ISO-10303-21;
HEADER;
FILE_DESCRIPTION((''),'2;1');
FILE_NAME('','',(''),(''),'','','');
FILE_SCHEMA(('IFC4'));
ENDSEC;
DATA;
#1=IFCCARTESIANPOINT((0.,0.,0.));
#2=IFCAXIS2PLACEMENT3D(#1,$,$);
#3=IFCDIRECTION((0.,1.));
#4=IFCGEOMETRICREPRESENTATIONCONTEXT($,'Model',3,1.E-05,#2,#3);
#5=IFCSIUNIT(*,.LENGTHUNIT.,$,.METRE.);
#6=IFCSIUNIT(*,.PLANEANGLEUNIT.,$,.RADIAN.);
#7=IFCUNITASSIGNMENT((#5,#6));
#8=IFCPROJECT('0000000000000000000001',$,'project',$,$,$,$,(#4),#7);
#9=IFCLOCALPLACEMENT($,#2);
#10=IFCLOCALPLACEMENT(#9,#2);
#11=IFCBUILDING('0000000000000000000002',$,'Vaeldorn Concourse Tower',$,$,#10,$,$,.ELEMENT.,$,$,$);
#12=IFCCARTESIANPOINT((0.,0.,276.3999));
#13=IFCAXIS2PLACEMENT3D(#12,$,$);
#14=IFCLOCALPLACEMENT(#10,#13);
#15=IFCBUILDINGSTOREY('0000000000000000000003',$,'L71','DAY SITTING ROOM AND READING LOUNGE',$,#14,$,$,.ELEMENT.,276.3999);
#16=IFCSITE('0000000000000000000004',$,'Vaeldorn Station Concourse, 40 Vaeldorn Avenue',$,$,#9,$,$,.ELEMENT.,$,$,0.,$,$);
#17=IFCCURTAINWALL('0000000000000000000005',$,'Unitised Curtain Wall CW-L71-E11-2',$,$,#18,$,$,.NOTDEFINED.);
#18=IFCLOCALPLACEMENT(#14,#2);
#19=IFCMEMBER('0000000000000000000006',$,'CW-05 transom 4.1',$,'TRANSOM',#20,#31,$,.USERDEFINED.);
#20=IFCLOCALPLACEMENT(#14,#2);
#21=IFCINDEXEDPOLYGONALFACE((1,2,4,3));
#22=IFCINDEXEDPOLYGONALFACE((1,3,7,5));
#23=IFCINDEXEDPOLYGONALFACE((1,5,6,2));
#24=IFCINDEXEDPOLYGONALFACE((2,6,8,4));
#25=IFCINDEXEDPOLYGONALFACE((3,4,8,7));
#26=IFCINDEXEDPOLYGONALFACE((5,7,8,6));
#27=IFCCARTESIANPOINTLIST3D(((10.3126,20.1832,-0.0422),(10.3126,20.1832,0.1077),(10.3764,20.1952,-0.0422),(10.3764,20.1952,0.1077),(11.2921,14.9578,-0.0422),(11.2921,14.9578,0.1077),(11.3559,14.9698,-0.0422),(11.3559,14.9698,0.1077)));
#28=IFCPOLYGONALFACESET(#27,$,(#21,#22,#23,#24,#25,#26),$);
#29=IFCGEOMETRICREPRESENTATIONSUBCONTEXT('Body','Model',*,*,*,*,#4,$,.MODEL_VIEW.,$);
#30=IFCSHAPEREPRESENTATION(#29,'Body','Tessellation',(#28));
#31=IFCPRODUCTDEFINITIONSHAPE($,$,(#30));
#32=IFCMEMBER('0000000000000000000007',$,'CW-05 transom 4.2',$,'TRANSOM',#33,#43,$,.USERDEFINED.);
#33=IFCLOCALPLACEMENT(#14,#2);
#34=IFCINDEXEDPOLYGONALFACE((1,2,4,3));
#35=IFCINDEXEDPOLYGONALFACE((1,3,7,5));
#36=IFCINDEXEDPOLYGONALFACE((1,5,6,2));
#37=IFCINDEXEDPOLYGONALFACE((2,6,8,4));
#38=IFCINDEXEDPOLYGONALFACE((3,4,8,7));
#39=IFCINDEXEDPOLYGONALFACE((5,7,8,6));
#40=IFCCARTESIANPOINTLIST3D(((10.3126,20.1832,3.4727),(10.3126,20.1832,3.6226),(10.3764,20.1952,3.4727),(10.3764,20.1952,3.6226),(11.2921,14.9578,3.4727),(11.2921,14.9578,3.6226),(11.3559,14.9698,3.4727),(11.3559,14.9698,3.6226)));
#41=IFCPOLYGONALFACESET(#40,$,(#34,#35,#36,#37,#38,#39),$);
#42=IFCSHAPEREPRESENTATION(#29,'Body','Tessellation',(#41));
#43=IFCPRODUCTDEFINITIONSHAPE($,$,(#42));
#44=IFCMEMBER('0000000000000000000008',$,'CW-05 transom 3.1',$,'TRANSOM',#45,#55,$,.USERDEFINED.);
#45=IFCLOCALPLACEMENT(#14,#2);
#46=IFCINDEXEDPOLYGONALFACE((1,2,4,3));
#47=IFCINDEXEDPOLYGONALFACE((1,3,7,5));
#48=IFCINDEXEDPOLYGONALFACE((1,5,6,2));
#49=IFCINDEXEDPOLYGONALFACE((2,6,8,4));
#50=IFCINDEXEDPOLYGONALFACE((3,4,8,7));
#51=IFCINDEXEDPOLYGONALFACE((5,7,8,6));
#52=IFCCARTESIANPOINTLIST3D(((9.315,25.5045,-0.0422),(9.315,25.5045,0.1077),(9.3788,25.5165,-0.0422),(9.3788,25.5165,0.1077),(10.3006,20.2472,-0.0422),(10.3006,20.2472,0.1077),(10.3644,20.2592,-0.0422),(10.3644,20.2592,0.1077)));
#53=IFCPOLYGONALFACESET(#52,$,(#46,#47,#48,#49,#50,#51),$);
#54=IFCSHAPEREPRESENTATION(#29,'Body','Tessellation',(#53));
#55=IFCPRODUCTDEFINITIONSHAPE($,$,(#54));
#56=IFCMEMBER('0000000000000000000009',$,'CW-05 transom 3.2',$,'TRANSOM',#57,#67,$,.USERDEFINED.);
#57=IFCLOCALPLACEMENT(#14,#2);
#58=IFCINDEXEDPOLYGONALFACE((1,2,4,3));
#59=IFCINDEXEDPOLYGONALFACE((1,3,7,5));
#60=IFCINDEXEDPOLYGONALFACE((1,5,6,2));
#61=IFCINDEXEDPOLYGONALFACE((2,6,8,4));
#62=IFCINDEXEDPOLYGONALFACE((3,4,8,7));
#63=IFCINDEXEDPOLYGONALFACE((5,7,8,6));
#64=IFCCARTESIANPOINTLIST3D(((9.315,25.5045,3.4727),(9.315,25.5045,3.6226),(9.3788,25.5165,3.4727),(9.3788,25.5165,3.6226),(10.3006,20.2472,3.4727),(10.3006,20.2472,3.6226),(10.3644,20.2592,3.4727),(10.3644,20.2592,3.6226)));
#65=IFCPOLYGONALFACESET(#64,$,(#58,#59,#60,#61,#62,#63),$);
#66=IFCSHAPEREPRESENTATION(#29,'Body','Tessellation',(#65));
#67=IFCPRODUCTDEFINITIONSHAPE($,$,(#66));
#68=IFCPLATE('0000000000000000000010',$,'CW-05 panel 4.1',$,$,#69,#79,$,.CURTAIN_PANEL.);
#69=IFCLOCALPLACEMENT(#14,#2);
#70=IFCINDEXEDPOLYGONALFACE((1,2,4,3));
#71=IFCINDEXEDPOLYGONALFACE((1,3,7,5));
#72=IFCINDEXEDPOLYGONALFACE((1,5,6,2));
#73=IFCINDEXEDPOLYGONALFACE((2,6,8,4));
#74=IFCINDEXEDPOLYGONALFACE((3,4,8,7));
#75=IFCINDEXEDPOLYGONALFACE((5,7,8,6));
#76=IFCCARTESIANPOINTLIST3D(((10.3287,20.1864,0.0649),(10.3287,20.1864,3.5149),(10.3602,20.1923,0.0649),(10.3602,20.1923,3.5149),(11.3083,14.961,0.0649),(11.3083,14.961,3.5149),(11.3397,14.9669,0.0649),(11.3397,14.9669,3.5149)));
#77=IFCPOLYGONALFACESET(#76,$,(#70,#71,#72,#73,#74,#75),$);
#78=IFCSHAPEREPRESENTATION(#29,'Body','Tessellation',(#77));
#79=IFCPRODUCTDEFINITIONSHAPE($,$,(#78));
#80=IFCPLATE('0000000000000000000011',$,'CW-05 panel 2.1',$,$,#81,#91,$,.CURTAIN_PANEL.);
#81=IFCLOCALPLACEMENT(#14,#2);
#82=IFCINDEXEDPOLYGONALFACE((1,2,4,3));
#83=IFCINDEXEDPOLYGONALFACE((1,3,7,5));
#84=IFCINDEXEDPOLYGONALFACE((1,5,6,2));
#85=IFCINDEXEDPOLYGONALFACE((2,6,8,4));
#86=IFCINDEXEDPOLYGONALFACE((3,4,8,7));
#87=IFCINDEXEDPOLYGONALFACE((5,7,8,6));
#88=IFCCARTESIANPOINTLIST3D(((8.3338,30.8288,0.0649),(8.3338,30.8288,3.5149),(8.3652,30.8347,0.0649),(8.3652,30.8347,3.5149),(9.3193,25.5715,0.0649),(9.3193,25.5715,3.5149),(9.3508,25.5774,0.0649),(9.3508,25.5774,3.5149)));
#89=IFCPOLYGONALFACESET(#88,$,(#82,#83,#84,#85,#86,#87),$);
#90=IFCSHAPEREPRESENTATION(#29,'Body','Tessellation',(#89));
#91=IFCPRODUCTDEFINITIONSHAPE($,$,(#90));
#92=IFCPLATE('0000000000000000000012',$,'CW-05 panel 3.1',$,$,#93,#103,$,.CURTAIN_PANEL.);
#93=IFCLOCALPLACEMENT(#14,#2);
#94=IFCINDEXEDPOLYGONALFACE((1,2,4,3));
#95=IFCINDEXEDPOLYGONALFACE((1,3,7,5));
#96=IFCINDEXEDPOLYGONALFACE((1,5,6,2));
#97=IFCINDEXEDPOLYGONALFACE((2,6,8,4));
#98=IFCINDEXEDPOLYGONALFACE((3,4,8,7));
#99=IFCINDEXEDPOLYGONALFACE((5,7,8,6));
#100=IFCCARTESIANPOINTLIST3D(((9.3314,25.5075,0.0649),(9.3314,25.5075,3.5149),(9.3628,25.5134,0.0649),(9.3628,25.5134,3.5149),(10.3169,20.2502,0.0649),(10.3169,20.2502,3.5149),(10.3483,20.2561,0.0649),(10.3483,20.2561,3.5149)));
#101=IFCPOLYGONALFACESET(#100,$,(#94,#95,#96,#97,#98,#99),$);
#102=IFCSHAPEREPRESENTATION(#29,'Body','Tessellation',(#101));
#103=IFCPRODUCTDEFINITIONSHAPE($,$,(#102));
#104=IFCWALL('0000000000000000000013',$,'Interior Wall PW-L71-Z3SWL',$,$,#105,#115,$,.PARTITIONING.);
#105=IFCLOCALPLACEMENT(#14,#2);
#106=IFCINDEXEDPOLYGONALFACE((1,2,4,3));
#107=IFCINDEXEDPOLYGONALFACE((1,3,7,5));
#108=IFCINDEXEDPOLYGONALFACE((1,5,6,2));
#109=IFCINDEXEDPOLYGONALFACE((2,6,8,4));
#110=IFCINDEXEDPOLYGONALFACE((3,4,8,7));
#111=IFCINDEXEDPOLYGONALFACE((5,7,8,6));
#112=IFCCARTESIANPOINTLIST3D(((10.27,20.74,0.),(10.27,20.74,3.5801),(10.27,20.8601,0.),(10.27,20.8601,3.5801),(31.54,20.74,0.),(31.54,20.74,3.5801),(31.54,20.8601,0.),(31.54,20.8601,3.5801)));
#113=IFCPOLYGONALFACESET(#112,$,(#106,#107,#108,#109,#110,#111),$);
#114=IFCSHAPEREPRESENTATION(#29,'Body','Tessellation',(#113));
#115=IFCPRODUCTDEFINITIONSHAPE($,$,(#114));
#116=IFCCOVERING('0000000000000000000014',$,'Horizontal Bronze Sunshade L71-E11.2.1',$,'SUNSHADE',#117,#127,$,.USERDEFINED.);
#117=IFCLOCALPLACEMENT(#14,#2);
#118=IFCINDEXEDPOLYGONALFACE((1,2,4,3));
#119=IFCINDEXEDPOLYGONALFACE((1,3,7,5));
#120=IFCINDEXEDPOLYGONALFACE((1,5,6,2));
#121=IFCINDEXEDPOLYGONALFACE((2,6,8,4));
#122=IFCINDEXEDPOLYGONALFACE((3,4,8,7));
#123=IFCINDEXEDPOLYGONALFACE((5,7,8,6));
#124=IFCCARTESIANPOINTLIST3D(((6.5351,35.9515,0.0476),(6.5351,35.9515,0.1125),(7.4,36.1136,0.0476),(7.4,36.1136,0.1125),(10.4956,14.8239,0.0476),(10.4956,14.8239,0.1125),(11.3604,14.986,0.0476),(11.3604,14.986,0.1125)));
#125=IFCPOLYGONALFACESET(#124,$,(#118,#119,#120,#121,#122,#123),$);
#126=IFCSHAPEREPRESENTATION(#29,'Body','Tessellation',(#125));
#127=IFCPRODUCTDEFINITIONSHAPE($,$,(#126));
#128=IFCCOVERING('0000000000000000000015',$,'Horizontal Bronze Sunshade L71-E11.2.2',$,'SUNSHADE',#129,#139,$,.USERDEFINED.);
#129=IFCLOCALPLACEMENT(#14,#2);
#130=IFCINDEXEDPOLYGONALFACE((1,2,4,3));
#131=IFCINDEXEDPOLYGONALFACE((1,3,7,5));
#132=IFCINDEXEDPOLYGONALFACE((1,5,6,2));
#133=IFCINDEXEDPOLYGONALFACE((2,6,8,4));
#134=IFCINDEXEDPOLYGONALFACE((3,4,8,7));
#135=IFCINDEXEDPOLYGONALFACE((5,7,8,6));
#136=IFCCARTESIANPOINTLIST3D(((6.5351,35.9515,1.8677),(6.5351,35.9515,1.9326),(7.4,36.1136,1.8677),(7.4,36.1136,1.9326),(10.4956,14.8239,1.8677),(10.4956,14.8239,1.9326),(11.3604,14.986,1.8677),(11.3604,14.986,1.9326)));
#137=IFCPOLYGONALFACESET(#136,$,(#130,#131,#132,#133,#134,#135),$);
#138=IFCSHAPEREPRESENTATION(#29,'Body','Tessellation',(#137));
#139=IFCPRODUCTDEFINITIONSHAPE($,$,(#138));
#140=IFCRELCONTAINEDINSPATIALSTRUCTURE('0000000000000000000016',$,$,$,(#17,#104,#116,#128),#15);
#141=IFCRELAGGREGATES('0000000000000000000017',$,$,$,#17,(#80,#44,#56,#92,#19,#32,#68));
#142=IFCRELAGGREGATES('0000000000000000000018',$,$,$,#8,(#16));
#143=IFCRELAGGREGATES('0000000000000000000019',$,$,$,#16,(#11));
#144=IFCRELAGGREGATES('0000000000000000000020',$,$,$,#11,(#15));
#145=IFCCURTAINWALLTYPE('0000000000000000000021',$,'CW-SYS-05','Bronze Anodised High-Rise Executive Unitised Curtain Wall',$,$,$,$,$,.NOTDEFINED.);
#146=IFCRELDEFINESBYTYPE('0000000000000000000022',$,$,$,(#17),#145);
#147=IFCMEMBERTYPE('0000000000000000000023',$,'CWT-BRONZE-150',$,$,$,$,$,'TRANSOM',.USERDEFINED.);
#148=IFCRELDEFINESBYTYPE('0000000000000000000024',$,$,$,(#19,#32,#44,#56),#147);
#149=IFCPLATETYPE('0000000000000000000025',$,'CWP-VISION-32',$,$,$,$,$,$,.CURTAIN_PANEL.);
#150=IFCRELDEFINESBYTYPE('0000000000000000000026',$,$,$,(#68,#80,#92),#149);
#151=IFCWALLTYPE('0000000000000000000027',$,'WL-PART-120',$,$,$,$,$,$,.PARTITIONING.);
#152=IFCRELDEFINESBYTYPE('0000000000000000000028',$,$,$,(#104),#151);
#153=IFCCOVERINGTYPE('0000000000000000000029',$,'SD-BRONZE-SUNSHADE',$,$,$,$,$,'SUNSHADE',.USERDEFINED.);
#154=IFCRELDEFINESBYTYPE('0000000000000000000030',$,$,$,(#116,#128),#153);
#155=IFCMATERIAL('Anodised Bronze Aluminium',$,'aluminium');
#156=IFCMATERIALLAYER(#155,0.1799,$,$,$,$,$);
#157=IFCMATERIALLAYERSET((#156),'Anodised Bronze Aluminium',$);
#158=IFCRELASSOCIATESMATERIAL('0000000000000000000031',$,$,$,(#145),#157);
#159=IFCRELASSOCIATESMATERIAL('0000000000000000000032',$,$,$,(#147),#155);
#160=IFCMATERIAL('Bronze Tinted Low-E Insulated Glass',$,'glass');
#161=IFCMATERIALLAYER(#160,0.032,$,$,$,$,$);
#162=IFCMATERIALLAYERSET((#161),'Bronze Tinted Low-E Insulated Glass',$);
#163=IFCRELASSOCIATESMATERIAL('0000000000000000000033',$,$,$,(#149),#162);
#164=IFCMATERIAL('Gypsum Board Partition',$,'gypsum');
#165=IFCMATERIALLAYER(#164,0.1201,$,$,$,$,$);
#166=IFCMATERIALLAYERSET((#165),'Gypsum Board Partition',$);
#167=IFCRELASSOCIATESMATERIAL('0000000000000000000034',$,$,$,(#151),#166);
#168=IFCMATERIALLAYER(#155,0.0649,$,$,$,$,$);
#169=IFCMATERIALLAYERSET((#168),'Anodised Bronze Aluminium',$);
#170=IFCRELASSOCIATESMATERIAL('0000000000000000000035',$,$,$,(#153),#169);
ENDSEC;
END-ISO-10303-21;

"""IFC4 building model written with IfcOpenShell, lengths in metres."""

from ifc_helpers import new_model, si_unit, direction, frame, frame_2d, origin, origin_2d, place, context, subcontext, project, spatial, rectangle, extrude, source, transform, mapped, material, layer, layer_set, material_profile, profile_set, type_object, element, aggregate, save


model = new_model("IFC4")

# Units and contexts
model_context = context("Model", 3, precision=1e-05, world=origin(), true_north=direction((0.0, 1.0)))
body_context = subcontext(model_context, "Body", "Model", "MODEL_VIEW")
ifc_project = project(units=[si_unit("LENGTHUNIT", "METRE"), si_unit("PLANEANGLEUNIT", "RADIAN")], contexts=[model_context])

# Site, building, storey
site_placement = place(None, origin())
site = spatial("IfcSite", under=ifc_project, at=site_placement, Name="Vaeldorn Station Concourse, 40 Vaeldorn Avenue", CompositionType="ELEMENT", RefElevation=0.0)
building_placement = place(site_placement, origin())
building = spatial("IfcBuilding", under=site, at=building_placement, Name="Vaeldorn Concourse Tower", CompositionType="ELEMENT")
storey_placement = place(building_placement, frame((0.0, 0.0, 276.3999)))
storey = spatial("IfcBuildingStorey", under=building, at=storey_placement, Name="L71", Description="DAY SITTING ROOM AND READING LOUNGE", CompositionType="ELEMENT", Elevation=276.3999)

# Curtain wall
ifc_material_1 = material(Name="Anodised Bronze Aluminium", Category="aluminium")
ifc_layer_1 = layer(ifc_material_1, 0.1799)
ifc_layer_set_1 = layer_set([ifc_layer_1], Name="Anodised Bronze Aluminium")
curtain_wall_type = type_object("IfcCurtainWallType", Name="CW-SYS-05", Description="Bronze Anodised High-Rise Executive Unitised Curtain Wall", PredefinedType="NOTDEFINED", material=ifc_layer_set_1)
ifc_material_profile_1 = material_profile(ifc_material_1, rectangle(XDim=0.0649, YDim=0.1499, at=origin_2d()), Name="CWT 65x150")
ifc_profile_set_1 = profile_set([ifc_material_profile_1], Name="Anodised Bronze Aluminium")
member_type_1 = type_object("IfcMemberType", Name="CWT-BRONZE-150", ElementType="TRANSOM", PredefinedType="USERDEFINED", material=ifc_profile_set_1)
curtain_wall_1_placement = place(storey_placement, origin())
curtain_wall_1 = element("IfcCurtainWall", 1, at=curtain_wall_1_placement, inside=storey, type_object=curtain_wall_type, Name="Unitised Curtain Wall CW-L71-E11-2", PredefinedType="NOTDEFINED")

# Members
shared_shape_1 = source(origin(), body_context, "Body", "SweptSolid", [
    extrude(rectangle(XDim=0.0649, YDim=0.1499, at=origin_2d()), origin(), (0.0, 0.0, 1.0), 5.3164),
])
member_1_placement = place(storey_placement, frame((10.3445, 20.1892, 0.0327), z_axis=(0.184241, -0.982881, 0.0), x_axis=(0.982881, 0.184241, 0.0)))
member_1 = element("IfcMember", 2, at=member_1_placement, type_object=member_type_1, Name="CW-05 transom 4.1", ObjectType="TRANSOM", PredefinedType="USERDEFINED", context=body_context, shape_type="MappedRepresentation", body=[
    mapped(shared_shape_1, transform((0.0, 0.0, 0.0), scale=1.0)),
])
member_2_placement = place(storey_placement, frame((10.3445, 20.1892, 3.5476), z_axis=(0.184241, -0.982881, 0.0), x_axis=(0.982881, 0.184241, 0.0)))
member_2 = element("IfcMember", 3, at=member_2_placement, type_object=member_type_1, Name="CW-05 transom 4.2", ObjectType="TRANSOM", PredefinedType="USERDEFINED", context=body_context, shape_type="MappedRepresentation", body=[
    mapped(shared_shape_1, transform((0.0, 0.0, 0.0), scale=1.0)),
])
shared_shape_2 = source(origin(), body_context, "Body", "SweptSolid", [
    extrude(rectangle(XDim=0.0649, YDim=0.1499, at=origin_2d()), origin(), (0.0, 0.0, 1.0), 5.3489),
])
member_3_placement = place(storey_placement, frame((9.3469, 25.5105, 0.0327), z_axis=(0.184261, -0.982877, 0.0), x_axis=(0.982877, 0.184261, 0.0)))
member_3 = element("IfcMember", 4, at=member_3_placement, type_object=member_type_1, Name="CW-05 transom 3.1", ObjectType="TRANSOM", PredefinedType="USERDEFINED", context=body_context, shape_type="MappedRepresentation", body=[
    mapped(shared_shape_2, transform((0.0, 0.0, 0.0), scale=1.0)),
])
member_4_placement = place(storey_placement, frame((9.3469, 25.5105, 3.5476), z_axis=(0.184261, -0.982877, 0.0), x_axis=(0.982877, 0.184261, 0.0)))
member_4 = element("IfcMember", 5, at=member_4_placement, type_object=member_type_1, Name="CW-05 transom 3.2", ObjectType="TRANSOM", PredefinedType="USERDEFINED", context=body_context, shape_type="MappedRepresentation", body=[
    mapped(shared_shape_2, transform((0.0, 0.0, 0.0), scale=1.0)),
])

# Plates
ifc_material_2 = material(Name="Bronze Tinted Low-E Insulated Glass", Category="glass")
ifc_layer_2 = layer(ifc_material_2, 0.032)
ifc_layer_set_2 = layer_set([ifc_layer_2], Name="Bronze Tinted Low-E Insulated Glass")
plate_type = type_object("IfcPlateType", Name="CWP-VISION-32", PredefinedType="CURTAIN_PANEL", material=ifc_layer_set_2)
shared_shape_3 = source(origin(), body_context, "Body", "SweptSolid", [
    extrude(rectangle(XDim=5.3164, YDim=0.032, at=origin_2d()), origin(), (0.0, 0.0, 1.0), 3.45),
])
plate_1_placement = place(storey_placement, frame((10.8342, 17.5767, 0.0649), z_axis=(0.0, 0.0, 1.0), x_axis=(0.184247, -0.98288, 0.0)))
plate_1 = element("IfcPlate", 6, at=plate_1_placement, type_object=plate_type, Name="CW-05 panel 4.1", PredefinedType="CURTAIN_PANEL", context=body_context, shape_type="MappedRepresentation", body=[
    mapped(shared_shape_3, transform((0.0, 0.0, 0.0), scale=1.0)),
])
shared_shape_4 = source(origin(), body_context, "Body", "SweptSolid", [
    extrude(rectangle(XDim=5.3489, YDim=0.032, at=origin_2d()), origin(), (0.0, 0.0, 1.0), 3.45),
])
plate_2_placement = place(storey_placement, frame((8.8423, 28.2031, 0.0649), z_axis=(0.0, 0.0, 1.0), x_axis=(0.184247, -0.98288, 0.0)))
plate_2 = element("IfcPlate", 7, at=plate_2_placement, type_object=plate_type, Name="CW-05 panel 2.1", PredefinedType="CURTAIN_PANEL", context=body_context, shape_type="MappedRepresentation", body=[
    mapped(shared_shape_4, transform((0.0, 0.0, 0.0), scale=1.0)),
])
plate_3_placement = place(storey_placement, frame((9.8398, 22.8818, 0.0649), z_axis=(0.0, 0.0, 1.0), x_axis=(0.184247, -0.98288, 0.0)))
plate_3 = element("IfcPlate", 8, at=plate_3_placement, type_object=plate_type, Name="CW-05 panel 3.1", PredefinedType="CURTAIN_PANEL", context=body_context, shape_type="MappedRepresentation", body=[
    mapped(shared_shape_4, transform((0.0, 0.0, 0.0), scale=1.0)),
])
aggregate(curtain_wall_1, [plate_2, member_3, member_4, plate_3, member_1, member_2, plate_1])

# Wall
ifc_material_3 = material(Name="Gypsum Board Partition", Category="gypsum")
ifc_layer_3 = layer(ifc_material_3, 0.1201)
ifc_layer_set_3 = layer_set([ifc_layer_3], Name="Gypsum Board Partition")
wall_type = type_object("IfcWallType", Name="WL-PART-120", PredefinedType="PARTITIONING", material=ifc_layer_set_3)
wall_placement = place(storey_placement, frame((10.27, 20.8, 0.0), z_axis=(0.0, 0.0, 1.0), x_axis=(1.0, 0.0, 0.0)))
element("IfcWall", 9, at=wall_placement, inside=storey, type_object=wall_type, Name="Interior Wall PW-L71-Z3SWL", PredefinedType="PARTITIONING", context=body_context, shape_type="SweptSolid", body=[
    extrude(rectangle(XDim=21.27, YDim=0.1201, at=frame_2d((10.635, 0.0))), origin(), (0.0, 0.0, 1.0), 3.5801),
])

# Coverings
ifc_layer_4 = layer(ifc_material_1, 0.0649)
ifc_layer_set_4 = layer_set([ifc_layer_4], Name="Anodised Bronze Aluminium")
covering_type = type_object("IfcCoveringType", Name="SD-BRONZE-SUNSHADE", ElementType="SUNSHADE", PredefinedType="USERDEFINED", material=ifc_layer_set_4)
shared_shape_5 = source(origin(), body_context, "Body", "SweptSolid", [
    extrude(rectangle(XDim=21.4956, YDim=0.8799, at=origin_2d()), origin(), (0.0, 0.0, 1.0), 0.0649),
])
for number, where, z_axis, x_axis, name in (
    (10, (8.9478, 25.4688, 0.0476), (0.0, 0.0, 1.0), (0.184243, -0.982881, 0.0), "Horizontal Bronze Sunshade L71-E11.2.1"),
    (11, (8.9478, 25.4688, 1.8677), (0.0, 0.0, 1.0), (0.184243, -0.982881, 0.0), "Horizontal Bronze Sunshade L71-E11.2.2"),
):
    element("IfcCovering", number, at=place(storey_placement, frame(where, z_axis=z_axis, x_axis=x_axis)), inside=storey, type_object=covering_type, Name=name, ObjectType="SUNSHADE", PredefinedType="USERDEFINED", context=body_context, shape_type="MappedRepresentation", body=[
        mapped(shared_shape_5, transform((0.0, 0.0, 0.0), scale=1.0)),
    ])

save(model, "model.ifc")
